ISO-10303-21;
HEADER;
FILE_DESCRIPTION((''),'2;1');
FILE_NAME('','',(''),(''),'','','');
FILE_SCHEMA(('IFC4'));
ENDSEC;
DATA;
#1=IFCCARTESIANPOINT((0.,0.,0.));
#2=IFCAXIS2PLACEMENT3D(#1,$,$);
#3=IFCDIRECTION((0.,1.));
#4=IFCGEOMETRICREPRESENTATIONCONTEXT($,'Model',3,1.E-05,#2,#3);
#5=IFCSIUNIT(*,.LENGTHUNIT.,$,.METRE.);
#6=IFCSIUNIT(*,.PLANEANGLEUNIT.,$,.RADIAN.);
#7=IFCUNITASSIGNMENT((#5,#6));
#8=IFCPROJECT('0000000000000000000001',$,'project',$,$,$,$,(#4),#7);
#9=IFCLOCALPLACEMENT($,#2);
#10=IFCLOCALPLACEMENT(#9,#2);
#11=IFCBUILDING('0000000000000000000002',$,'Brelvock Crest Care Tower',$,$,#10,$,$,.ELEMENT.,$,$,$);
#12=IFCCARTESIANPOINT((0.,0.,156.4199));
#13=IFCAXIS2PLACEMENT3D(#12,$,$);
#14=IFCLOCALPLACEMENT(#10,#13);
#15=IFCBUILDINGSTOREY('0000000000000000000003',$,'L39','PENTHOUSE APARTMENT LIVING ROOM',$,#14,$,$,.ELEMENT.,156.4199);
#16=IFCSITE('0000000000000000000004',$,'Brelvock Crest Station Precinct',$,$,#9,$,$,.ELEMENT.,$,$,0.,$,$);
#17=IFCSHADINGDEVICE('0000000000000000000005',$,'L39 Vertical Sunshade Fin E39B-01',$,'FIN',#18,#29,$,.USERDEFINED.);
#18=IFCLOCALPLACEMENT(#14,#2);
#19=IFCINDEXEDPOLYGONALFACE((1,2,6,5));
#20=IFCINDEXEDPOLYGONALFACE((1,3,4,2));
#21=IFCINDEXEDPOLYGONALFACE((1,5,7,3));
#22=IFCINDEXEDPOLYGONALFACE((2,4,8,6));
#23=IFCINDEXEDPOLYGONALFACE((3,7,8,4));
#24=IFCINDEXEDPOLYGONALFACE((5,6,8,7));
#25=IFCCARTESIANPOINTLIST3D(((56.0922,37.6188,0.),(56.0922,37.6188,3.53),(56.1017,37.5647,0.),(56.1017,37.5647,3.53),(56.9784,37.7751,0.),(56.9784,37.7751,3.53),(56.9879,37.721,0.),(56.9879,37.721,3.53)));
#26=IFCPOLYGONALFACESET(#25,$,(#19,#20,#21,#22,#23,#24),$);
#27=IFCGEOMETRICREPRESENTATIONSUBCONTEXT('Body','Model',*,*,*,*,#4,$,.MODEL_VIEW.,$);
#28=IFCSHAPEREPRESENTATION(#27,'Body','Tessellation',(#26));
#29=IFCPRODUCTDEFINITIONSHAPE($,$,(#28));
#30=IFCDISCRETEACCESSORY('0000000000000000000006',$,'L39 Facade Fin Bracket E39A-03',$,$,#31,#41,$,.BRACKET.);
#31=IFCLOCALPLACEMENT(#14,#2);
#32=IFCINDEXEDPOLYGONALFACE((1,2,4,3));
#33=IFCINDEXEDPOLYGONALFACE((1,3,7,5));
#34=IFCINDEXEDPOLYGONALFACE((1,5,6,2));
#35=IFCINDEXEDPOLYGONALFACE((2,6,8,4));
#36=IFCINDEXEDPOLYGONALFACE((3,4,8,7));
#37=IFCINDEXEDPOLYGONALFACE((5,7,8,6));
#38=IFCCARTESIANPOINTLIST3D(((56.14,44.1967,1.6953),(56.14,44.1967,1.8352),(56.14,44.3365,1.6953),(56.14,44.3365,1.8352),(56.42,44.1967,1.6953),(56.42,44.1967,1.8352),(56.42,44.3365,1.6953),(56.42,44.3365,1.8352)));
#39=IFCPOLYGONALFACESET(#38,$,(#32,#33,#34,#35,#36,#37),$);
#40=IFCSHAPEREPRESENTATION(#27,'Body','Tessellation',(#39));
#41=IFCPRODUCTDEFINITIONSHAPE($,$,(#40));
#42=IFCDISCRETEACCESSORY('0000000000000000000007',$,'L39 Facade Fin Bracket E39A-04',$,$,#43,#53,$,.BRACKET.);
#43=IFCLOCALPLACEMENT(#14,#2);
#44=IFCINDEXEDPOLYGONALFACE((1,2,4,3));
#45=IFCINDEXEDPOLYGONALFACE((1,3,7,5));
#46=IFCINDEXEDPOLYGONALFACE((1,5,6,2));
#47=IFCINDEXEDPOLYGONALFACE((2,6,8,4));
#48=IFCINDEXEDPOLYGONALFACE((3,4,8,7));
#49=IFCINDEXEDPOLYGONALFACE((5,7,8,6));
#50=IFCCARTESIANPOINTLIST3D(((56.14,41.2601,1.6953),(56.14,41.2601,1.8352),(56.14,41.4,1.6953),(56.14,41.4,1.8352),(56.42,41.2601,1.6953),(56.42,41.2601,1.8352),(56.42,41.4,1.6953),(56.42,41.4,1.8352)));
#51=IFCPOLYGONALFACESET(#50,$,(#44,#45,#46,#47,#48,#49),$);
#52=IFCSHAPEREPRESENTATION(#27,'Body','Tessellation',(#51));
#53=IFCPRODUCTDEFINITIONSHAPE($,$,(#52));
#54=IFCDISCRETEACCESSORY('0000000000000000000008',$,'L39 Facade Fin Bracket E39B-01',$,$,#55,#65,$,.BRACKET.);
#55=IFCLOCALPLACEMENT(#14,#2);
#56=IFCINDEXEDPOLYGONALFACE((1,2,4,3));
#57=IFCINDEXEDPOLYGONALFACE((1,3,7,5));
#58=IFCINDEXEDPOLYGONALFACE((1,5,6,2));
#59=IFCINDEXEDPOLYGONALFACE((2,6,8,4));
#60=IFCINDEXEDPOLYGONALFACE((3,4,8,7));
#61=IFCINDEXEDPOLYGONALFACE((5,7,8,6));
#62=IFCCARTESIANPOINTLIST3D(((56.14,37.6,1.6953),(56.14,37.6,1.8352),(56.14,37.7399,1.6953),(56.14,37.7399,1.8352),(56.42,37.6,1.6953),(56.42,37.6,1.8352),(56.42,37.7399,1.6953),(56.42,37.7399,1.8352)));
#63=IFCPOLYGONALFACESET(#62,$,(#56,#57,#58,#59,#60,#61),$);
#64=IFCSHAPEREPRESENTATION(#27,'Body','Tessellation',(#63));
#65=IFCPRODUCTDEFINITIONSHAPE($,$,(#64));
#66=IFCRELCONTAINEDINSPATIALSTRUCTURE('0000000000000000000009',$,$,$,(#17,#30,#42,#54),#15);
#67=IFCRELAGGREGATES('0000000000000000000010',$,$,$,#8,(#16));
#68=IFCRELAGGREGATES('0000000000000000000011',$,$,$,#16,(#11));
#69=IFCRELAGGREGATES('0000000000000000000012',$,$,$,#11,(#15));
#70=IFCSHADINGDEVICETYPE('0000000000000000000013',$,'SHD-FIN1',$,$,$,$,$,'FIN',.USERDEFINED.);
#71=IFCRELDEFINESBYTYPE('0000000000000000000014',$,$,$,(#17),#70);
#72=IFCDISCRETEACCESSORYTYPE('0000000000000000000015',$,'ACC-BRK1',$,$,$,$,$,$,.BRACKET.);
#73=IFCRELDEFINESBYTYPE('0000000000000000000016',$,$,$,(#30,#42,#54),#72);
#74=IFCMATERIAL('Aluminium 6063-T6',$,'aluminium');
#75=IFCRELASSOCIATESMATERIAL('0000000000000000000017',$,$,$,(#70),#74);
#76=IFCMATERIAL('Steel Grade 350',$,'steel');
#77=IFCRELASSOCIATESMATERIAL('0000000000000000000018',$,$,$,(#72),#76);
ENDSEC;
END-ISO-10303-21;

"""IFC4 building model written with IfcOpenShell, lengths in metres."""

from ifc_helpers import new_model, si_unit, direction, frame, origin, origin_2d, place, context, subcontext, project, spatial, rectangle, extrude, source, transform, mapped, material, material_profile, profile_set, type_object, element, save


model = new_model("IFC4")

# Units and contexts
model_context = context("Model", 3, precision=1e-05, world=origin(), true_north=direction((0.0, 1.0)))
body_context = subcontext(model_context, "Body", "Model", "MODEL_VIEW")
ifc_project = project(units=[si_unit("LENGTHUNIT", "METRE"), si_unit("PLANEANGLEUNIT", "RADIAN")], contexts=[model_context])

# Site, building, storey
site_placement = place(None, origin())
site = spatial("IfcSite", under=ifc_project, at=site_placement, Name="Brelvock Crest Station Precinct", CompositionType="ELEMENT", RefElevation=0.0)
building_placement = place(site_placement, origin())
building = spatial("IfcBuilding", under=site, at=building_placement, Name="Brelvock Crest Care Tower", CompositionType="ELEMENT")
storey_placement = place(building_placement, frame((0.0, 0.0, 156.4199)))
storey = spatial("IfcBuildingStorey", under=building, at=storey_placement, Name="L39", Description="PENTHOUSE APARTMENT LIVING ROOM", CompositionType="ELEMENT", Elevation=156.4199)

# Shared definitions
ifc_material_1 = material(Name="Aluminium 6063-T6", Category="aluminium")

# Shading device
ifc_material_profile_1 = material_profile(ifc_material_1, rectangle(XDim=0.0549, YDim=0.8999, at=origin_2d()), Name="FIN55x900")
ifc_profile_set_1 = profile_set([ifc_material_profile_1], Name="Aluminium 6063-T6")
shading_device_type = type_object("IfcShadingDeviceType", Name="SHD-FIN1", ElementType="FIN", PredefinedType="USERDEFINED", material=ifc_profile_set_1)
shared_shape_1 = source(origin(), body_context, "Body", "SweptSolid", [
    extrude(rectangle(XDim=0.0549, YDim=0.8999, at=origin_2d()), origin(), (0.0, 0.0, 1.0), 3.53),
])
for number, where, z_axis, x_axis, name in (
    (1, (56.54, 37.6699, 0.0), (0.0, 0.0, 1.0), (0.173648, -0.984808, 0.0), "L39 Vertical Sunshade Fin E39B-01"),
):
    element("IfcShadingDevice", number, at=place(storey_placement, frame(where, z_axis=z_axis, x_axis=x_axis)), inside=storey, type_object=shading_device_type, Name=name, ObjectType="FIN", PredefinedType="USERDEFINED", context=body_context, shape_type="MappedRepresentation", body=[
        mapped(shared_shape_1, transform((0.0, 0.0, 0.0), x_axis=(1.0, 0.0, 0.0), y_axis=(0.0, 1.0, 0.0), z_axis=(0.0, 0.0, 1.0), scale=1.0)),
    ])

# Discrete accessories
ifc_material_2 = material(Name="Steel Grade 350", Category="steel")
discrete_accessory_type = type_object("IfcDiscreteAccessoryType", Name="ACC-BRK1", PredefinedType="BRACKET", material=ifc_material_2)
shared_shape_2 = source(origin(), body_context, "Body", "SweptSolid", [
    extrude(rectangle(XDim=0.28, YDim=0.1399, at=origin_2d()), origin(), (0.0, 0.0, 1.0), 0.1399),
])
for number, where, z_axis, x_axis, name in (
    (2, (56.28, 44.2666, 1.6953), (0.0, 0.0, 1.0), (1.0, 0.0, 0.0), "L39 Facade Fin Bracket E39A-03"),
    (3, (56.28, 41.3301, 1.6953), (0.0, 0.0, 1.0), (1.0, 0.0, 0.0), "L39 Facade Fin Bracket E39A-04"),
    (4, (56.28, 37.6699, 1.6953), (0.0, 0.0, 1.0), (1.0, 0.0, 0.0), "L39 Facade Fin Bracket E39B-01"),
):
    element("IfcDiscreteAccessory", number, at=place(storey_placement, frame(where, z_axis=z_axis, x_axis=x_axis)), inside=storey, type_object=discrete_accessory_type, Name=name, PredefinedType="BRACKET", context=body_context, shape_type="MappedRepresentation", body=[
        mapped(shared_shape_2, transform((0.0, 0.0, 0.0), x_axis=(1.0, 0.0, 0.0), y_axis=(0.0, 1.0, 0.0), z_axis=(0.0, 0.0, 1.0), scale=1.0)),
    ])

save(model, "model.ifc")
